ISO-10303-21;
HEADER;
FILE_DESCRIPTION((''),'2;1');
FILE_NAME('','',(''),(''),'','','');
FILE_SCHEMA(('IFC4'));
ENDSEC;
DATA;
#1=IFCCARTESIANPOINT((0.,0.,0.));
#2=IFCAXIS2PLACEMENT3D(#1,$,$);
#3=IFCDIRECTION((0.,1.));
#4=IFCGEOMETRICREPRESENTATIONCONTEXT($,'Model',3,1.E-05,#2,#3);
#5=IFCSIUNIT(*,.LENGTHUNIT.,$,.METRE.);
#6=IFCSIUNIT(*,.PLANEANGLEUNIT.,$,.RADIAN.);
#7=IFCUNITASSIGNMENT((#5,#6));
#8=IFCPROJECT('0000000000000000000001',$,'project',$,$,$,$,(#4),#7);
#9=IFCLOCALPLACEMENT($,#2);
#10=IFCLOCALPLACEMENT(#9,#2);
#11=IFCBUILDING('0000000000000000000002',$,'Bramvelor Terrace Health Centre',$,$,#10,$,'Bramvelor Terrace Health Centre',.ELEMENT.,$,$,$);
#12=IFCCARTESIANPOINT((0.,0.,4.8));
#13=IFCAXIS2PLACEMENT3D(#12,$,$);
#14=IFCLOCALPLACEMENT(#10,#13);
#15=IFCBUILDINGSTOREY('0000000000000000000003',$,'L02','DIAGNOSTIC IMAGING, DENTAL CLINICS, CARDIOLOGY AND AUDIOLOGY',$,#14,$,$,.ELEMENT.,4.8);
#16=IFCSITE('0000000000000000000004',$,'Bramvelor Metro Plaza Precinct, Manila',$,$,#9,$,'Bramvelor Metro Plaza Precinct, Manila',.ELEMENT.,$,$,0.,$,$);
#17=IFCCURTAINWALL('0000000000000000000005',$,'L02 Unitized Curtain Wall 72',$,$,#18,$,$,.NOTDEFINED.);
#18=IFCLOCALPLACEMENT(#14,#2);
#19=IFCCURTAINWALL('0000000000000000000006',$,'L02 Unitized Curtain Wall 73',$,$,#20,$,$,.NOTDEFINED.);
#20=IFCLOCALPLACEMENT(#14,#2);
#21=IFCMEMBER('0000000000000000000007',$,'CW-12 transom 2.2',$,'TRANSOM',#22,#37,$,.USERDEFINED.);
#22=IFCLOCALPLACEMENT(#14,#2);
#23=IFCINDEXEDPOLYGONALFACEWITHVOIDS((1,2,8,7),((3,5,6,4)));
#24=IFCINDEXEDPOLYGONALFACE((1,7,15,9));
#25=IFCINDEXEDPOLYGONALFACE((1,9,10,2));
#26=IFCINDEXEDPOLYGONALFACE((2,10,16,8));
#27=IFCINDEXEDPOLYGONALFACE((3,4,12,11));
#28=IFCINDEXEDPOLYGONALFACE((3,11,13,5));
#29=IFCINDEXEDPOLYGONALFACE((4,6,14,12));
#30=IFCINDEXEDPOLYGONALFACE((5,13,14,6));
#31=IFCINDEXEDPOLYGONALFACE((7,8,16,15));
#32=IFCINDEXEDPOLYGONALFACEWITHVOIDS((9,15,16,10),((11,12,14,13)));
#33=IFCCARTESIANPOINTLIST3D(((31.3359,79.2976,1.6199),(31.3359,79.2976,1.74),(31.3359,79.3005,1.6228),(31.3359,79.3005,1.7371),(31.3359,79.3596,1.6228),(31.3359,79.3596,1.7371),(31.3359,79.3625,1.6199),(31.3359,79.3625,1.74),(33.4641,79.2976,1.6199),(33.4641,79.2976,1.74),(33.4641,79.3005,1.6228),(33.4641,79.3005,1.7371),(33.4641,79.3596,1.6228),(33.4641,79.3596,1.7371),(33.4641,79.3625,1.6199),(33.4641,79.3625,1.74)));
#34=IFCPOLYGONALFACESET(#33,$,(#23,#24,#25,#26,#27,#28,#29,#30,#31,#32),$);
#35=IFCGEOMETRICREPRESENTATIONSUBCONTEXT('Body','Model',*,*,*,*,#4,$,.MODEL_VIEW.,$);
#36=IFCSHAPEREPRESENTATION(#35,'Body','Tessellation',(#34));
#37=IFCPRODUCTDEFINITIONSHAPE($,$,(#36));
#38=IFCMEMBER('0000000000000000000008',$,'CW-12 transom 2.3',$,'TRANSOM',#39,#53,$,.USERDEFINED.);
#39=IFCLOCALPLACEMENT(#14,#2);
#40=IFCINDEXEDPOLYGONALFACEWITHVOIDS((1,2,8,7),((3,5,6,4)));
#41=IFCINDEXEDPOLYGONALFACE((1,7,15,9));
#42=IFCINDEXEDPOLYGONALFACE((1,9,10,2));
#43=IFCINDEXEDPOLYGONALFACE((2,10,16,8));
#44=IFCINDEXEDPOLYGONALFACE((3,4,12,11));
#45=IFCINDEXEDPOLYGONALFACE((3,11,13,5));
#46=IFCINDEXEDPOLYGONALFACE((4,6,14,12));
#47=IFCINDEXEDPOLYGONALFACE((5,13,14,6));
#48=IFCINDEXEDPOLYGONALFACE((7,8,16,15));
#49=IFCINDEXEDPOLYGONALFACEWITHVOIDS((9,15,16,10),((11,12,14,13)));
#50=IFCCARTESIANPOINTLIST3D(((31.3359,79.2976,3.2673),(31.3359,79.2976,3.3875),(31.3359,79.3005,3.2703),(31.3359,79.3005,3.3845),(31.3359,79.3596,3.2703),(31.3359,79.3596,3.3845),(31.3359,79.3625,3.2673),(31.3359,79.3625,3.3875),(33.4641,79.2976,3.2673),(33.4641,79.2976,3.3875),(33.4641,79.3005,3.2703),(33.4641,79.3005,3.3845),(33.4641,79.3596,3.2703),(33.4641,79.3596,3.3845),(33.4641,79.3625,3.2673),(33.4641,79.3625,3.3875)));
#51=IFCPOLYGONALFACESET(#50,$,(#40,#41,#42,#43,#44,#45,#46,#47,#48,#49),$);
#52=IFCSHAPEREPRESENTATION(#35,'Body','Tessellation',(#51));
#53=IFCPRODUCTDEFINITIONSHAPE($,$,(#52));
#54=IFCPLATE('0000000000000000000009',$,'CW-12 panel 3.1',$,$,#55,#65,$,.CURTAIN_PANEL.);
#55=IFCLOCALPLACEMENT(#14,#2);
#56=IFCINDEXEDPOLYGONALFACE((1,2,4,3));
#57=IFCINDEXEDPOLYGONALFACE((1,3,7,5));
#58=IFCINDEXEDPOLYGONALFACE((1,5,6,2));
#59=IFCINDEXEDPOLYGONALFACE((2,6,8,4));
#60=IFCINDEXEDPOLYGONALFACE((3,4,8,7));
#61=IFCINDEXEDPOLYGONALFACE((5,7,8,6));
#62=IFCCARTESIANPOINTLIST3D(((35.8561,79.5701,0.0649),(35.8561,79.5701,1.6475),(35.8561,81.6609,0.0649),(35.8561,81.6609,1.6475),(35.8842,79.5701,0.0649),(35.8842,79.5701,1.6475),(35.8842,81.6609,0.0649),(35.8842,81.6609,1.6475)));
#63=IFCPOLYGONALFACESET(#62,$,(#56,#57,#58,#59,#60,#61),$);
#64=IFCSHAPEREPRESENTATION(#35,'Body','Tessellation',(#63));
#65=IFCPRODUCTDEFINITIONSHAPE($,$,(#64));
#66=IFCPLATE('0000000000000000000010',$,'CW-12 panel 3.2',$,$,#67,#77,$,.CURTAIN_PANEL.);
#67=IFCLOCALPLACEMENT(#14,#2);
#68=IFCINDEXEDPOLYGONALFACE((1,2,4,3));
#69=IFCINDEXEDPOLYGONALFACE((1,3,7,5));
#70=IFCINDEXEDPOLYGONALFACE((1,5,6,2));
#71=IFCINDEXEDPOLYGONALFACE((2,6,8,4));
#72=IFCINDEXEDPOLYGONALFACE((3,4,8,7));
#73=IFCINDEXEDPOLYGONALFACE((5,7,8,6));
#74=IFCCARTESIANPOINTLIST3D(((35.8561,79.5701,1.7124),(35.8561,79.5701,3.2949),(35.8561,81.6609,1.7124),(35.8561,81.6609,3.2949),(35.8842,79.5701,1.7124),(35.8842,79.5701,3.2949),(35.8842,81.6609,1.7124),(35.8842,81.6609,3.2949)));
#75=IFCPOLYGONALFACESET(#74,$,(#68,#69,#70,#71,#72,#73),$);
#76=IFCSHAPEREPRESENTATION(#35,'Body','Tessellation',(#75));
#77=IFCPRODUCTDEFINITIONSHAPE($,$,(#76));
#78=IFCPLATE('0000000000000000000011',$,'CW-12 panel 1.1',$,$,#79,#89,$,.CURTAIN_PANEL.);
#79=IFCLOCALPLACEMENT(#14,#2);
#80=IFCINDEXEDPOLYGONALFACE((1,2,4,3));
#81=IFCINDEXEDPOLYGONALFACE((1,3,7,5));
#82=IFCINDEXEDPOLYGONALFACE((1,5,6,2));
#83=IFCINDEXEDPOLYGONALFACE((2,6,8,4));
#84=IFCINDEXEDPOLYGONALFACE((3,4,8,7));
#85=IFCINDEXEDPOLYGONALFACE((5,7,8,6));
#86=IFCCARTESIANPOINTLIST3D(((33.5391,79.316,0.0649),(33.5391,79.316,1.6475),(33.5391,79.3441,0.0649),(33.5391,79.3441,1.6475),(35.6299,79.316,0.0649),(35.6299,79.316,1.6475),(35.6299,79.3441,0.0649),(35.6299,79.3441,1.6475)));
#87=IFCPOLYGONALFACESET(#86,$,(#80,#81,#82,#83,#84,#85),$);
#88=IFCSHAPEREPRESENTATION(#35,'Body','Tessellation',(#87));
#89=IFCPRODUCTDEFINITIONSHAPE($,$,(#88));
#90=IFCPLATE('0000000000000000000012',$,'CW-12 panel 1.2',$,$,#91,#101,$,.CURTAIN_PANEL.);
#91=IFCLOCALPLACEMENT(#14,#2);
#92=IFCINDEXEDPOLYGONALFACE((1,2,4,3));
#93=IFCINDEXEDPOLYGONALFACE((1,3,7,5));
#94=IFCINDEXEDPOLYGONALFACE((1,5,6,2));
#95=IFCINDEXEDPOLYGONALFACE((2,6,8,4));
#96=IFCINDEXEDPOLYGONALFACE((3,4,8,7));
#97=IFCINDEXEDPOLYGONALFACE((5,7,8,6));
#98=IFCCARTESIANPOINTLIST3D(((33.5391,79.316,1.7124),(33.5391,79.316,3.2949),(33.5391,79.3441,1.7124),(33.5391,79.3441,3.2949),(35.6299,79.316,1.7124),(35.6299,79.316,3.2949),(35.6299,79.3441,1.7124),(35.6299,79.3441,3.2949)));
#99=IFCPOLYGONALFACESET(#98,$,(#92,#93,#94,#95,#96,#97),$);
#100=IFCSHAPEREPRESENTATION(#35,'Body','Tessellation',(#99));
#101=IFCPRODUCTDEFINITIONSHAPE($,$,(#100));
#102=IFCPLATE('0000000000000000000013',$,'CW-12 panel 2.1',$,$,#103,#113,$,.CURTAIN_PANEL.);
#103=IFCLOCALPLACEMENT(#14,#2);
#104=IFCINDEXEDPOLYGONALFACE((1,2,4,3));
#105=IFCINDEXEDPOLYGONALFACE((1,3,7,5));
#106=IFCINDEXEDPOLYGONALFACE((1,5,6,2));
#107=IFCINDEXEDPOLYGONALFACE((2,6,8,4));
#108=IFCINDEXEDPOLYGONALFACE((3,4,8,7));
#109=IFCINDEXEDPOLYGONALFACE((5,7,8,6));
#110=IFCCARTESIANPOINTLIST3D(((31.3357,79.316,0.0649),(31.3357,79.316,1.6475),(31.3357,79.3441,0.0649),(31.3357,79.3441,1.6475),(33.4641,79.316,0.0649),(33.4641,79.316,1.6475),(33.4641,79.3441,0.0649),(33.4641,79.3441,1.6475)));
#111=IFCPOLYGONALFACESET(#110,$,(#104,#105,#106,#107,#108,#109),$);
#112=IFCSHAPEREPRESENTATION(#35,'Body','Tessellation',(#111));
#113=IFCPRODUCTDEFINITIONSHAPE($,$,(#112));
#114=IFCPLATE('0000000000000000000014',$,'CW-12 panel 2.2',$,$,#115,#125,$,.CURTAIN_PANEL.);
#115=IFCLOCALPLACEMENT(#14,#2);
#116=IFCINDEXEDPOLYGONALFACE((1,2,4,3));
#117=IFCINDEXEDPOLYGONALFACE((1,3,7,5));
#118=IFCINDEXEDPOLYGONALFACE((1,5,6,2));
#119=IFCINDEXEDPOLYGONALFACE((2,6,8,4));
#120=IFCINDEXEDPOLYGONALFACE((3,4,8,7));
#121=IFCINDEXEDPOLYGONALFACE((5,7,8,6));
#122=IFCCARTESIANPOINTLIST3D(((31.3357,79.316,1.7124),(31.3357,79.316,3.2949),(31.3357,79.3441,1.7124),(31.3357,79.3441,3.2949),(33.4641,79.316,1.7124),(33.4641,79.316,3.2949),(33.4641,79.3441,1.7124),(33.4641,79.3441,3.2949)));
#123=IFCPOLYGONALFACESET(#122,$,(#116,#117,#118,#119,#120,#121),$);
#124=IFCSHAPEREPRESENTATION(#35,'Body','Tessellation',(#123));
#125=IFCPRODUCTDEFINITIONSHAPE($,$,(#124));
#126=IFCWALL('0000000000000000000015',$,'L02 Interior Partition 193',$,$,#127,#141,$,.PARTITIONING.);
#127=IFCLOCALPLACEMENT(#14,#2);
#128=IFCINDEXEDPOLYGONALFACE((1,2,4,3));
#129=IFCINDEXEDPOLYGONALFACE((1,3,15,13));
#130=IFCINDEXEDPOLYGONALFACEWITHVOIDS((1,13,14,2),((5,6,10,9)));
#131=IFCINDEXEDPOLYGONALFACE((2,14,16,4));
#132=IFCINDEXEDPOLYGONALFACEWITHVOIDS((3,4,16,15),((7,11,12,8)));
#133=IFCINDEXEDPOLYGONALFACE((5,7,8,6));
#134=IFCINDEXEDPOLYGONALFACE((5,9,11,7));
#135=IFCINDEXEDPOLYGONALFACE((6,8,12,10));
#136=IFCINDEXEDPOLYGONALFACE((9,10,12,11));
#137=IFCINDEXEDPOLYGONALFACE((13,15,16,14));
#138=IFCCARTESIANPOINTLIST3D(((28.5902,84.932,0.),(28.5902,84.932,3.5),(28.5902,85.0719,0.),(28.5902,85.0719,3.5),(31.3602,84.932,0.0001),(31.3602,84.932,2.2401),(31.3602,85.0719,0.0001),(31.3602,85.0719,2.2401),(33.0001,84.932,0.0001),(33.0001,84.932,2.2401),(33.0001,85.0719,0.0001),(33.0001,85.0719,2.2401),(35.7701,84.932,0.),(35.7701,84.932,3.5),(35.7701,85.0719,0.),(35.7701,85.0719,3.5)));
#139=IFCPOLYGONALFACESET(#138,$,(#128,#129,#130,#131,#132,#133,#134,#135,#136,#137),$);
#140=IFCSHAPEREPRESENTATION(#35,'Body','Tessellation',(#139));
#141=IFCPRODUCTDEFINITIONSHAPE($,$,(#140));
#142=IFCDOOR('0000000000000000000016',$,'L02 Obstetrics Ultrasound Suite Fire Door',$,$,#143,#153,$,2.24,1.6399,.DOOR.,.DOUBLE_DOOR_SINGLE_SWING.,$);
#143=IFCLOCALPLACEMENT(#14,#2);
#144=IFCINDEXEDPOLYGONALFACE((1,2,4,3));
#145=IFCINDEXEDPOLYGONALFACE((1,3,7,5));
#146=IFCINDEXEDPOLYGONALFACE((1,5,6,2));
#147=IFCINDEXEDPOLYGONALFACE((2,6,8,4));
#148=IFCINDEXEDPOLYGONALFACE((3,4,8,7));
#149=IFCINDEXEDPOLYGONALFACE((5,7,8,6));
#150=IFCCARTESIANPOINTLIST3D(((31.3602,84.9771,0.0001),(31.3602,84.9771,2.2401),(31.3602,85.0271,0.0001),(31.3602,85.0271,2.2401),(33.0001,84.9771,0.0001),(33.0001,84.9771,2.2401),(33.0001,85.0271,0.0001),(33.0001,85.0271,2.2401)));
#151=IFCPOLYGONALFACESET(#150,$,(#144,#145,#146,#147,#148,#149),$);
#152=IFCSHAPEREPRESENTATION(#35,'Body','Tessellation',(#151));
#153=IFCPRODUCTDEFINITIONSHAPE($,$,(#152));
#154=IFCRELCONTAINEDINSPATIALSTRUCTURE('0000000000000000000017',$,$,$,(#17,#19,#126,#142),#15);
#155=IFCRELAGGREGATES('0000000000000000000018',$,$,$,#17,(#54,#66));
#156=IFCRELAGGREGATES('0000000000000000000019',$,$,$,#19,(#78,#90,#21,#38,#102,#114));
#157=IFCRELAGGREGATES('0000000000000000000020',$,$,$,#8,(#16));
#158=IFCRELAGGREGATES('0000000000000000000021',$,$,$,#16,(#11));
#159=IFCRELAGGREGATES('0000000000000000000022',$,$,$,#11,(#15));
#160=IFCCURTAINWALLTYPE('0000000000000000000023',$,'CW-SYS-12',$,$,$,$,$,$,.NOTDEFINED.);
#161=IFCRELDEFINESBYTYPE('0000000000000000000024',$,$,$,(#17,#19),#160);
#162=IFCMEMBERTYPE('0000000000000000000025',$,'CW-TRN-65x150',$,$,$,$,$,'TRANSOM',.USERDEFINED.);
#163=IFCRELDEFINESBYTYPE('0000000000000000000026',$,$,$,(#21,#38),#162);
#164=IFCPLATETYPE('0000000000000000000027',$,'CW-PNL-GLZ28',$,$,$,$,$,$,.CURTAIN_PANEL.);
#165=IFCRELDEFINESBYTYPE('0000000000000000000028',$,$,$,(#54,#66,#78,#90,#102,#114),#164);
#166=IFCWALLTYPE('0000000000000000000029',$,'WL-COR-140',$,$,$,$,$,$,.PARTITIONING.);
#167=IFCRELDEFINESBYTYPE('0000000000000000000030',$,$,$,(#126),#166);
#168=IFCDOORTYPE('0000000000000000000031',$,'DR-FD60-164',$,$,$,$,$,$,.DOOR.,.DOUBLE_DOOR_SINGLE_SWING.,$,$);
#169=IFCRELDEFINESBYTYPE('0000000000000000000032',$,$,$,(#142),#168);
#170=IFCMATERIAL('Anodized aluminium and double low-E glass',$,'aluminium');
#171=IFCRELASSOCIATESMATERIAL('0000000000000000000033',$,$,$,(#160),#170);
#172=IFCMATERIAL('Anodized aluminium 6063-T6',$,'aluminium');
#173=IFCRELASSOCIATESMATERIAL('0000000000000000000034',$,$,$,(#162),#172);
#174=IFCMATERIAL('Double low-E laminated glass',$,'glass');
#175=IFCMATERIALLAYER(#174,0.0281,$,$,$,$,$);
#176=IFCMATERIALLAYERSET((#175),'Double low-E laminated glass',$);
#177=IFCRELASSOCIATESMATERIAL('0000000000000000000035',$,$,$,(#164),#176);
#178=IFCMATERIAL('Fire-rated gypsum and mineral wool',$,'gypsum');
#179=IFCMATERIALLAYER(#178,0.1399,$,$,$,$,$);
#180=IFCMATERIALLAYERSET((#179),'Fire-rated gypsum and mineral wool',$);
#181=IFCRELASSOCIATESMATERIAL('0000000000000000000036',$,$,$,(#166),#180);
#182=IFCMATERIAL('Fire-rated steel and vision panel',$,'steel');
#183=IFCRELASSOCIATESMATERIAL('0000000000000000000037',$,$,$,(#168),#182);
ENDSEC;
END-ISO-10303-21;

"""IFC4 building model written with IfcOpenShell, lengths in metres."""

from ifc_helpers import new_model, si_unit, direction, frame, frame_2d, origin, origin_2d, place, context, subcontext, project, spatial, rectangle, hollow_rectangle, extrude, material, layer, layer_set, material_profile, profile_set, type_object, element, fill, aggregate, save


model = new_model("IFC4")

# Units and contexts
model_context = context("Model", 3, precision=1e-05, world=origin(), true_north=direction((0.0, 1.0)))
body_context = subcontext(model_context, "Body", "Model", "MODEL_VIEW")
ifc_project = project(units=[si_unit("LENGTHUNIT", "METRE"), si_unit("PLANEANGLEUNIT", "RADIAN")], contexts=[model_context])

# Site, building, storey
site_placement = place(None, origin())
site = spatial("IfcSite", under=ifc_project, at=site_placement, Name="Bramvelor Metro Plaza Precinct, Manila", LongName="Bramvelor Metro Plaza Precinct, Manila", CompositionType="ELEMENT", RefElevation=0.0)
building_placement = place(site_placement, origin())
building = spatial("IfcBuilding", under=site, at=building_placement, Name="Bramvelor Terrace Health Centre", LongName="Bramvelor Terrace Health Centre", CompositionType="ELEMENT")
storey_placement = place(building_placement, frame((0.0, 0.0, 4.8)))
storey = spatial("IfcBuildingStorey", under=building, at=storey_placement, Name="L02", Description="DIAGNOSTIC IMAGING, DENTAL CLINICS, CARDIOLOGY AND AUDIOLOGY", CompositionType="ELEMENT", Elevation=4.8)

# Curtain wall
ifc_material_1 = material(Name="Anodized aluminium and double low-E glass", Category="aluminium")
curtain_wall_type = type_object("IfcCurtainWallType", Name="CW-SYS-12", PredefinedType="NOTDEFINED", material=ifc_material_1)
curtain_wall_1_placement = place(storey_placement, origin())
curtain_wall_1 = element("IfcCurtainWall", 1, at=curtain_wall_1_placement, inside=storey, type_object=curtain_wall_type, Name="L02 Unitized Curtain Wall 72", PredefinedType="NOTDEFINED")

# Curtain wall
curtain_wall_2_placement = place(storey_placement, origin())
curtain_wall_2 = element("IfcCurtainWall", 2, at=curtain_wall_2_placement, inside=storey, type_object=curtain_wall_type, Name="L02 Unitized Curtain Wall 73", PredefinedType="NOTDEFINED")

# Members
ifc_material_2 = material(Name="Anodized aluminium 6063-T6", Category="aluminium")
ifc_material_profile_1 = material_profile(ifc_material_2, hollow_rectangle(XDim=0.0649, YDim=0.1201, WallThickness=0.0029, at=origin_2d()), Name="ALU-TRN 65x120x3.0")
ifc_profile_set_1 = profile_set([ifc_material_profile_1], Name="Anodized aluminium 6063-T6")
member_type_1 = type_object("IfcMemberType", Name="CW-TRN-65x150", ElementType="TRANSOM", PredefinedType="USERDEFINED", material=ifc_profile_set_1)
member_1_placement = place(storey_placement, frame((33.4641, 79.3301, 1.6799), z_axis=(-1.0, 0.0, 0.0), x_axis=(0.0, -1.0, 0.0)))
member_1 = element("IfcMember", 3, at=member_1_placement, type_object=member_type_1, Name="CW-12 transom 2.2", ObjectType="TRANSOM", PredefinedType="USERDEFINED", context=body_context, shape_type="SweptSolid", body=[
    extrude(hollow_rectangle(XDim=0.0649, YDim=0.1201, WallThickness=0.0029, at=origin_2d()), origin(), (0.0, 0.0, 1.0), 2.1282),
])
member_2_placement = place(storey_placement, frame((33.4641, 79.3301, 3.3274), z_axis=(-1.0, 0.0, 0.0), x_axis=(0.0, -1.0, 0.0)))
member_2 = element("IfcMember", 4, at=member_2_placement, type_object=member_type_1, Name="CW-12 transom 2.3", ObjectType="TRANSOM", PredefinedType="USERDEFINED", context=body_context, shape_type="SweptSolid", body=[
    extrude(hollow_rectangle(XDim=0.0649, YDim=0.1201, WallThickness=0.0029, at=origin_2d()), origin(), (0.0, 0.0, 1.0), 2.1282),
])

# Plates
ifc_material_3 = material(Name="Double low-E laminated glass", Category="glass")
ifc_layer_1 = layer(ifc_material_3, 0.0281)
ifc_layer_set_1 = layer_set([ifc_layer_1], Name="Double low-E laminated glass")
plate_type = type_object("IfcPlateType", Name="CW-PNL-GLZ28", PredefinedType="CURTAIN_PANEL", material=ifc_layer_set_1)
plate_1_placement = place(storey_placement, frame((35.8701, 80.6155, 0.0649), z_axis=(0.0, 0.0, 1.0), x_axis=(0.0, -1.0, 0.0)))
plate_1 = element("IfcPlate", 5, at=plate_1_placement, type_object=plate_type, Name="CW-12 panel 3.1", PredefinedType="CURTAIN_PANEL", context=body_context, shape_type="SweptSolid", body=[
    extrude(rectangle(XDim=2.0908, YDim=0.0281, at=origin_2d()), origin(), (0.0, 0.0, 1.0), 1.5825),
])
plate_2_placement = place(storey_placement, frame((35.8701, 80.6155, 1.7124), z_axis=(0.0, 0.0, 1.0), x_axis=(0.0, -1.0, 0.0)))
plate_2 = element("IfcPlate", 6, at=plate_2_placement, type_object=plate_type, Name="CW-12 panel 3.2", PredefinedType="CURTAIN_PANEL", context=body_context, shape_type="SweptSolid", body=[
    extrude(rectangle(XDim=2.0908, YDim=0.0281, at=origin_2d()), origin(), (0.0, 0.0, 1.0), 1.5825),
])
aggregate(curtain_wall_1, [plate_1, plate_2])
plate_3_placement = place(storey_placement, frame((34.5845, 79.3301, 0.0649), z_axis=(0.0, 0.0, 1.0), x_axis=(-1.0, 0.0, 0.0)))
plate_3 = element("IfcPlate", 7, at=plate_3_placement, type_object=plate_type, Name="CW-12 panel 1.1", PredefinedType="CURTAIN_PANEL", context=body_context, shape_type="SweptSolid", body=[
    extrude(rectangle(XDim=2.0908, YDim=0.0281, at=origin_2d()), origin(), (0.0, 0.0, 1.0), 1.5825),
])
plate_4_placement = place(storey_placement, frame((34.5845, 79.3301, 1.7124), z_axis=(0.0, 0.0, 1.0), x_axis=(-1.0, 0.0, 0.0)))
plate_4 = element("IfcPlate", 8, at=plate_4_placement, type_object=plate_type, Name="CW-12 panel 1.2", PredefinedType="CURTAIN_PANEL", context=body_context, shape_type="SweptSolid", body=[
    extrude(rectangle(XDim=2.0908, YDim=0.0281, at=origin_2d()), origin(), (0.0, 0.0, 1.0), 1.5825),
])
plate_5_placement = place(storey_placement, frame((32.3999, 79.3301, 0.0649), z_axis=(0.0, 0.0, 1.0), x_axis=(-1.0, 0.0, 0.0)))
plate_5 = element("IfcPlate", 9, at=plate_5_placement, type_object=plate_type, Name="CW-12 panel 2.1", PredefinedType="CURTAIN_PANEL", context=body_context, shape_type="SweptSolid", body=[
    extrude(rectangle(XDim=2.1284, YDim=0.0281, at=origin_2d()), origin(), (0.0, 0.0, 1.0), 1.5825),
])
plate_6_placement = place(storey_placement, frame((32.3999, 79.3301, 1.7124), z_axis=(0.0, 0.0, 1.0), x_axis=(-1.0, 0.0, 0.0)))
plate_6 = element("IfcPlate", 10, at=plate_6_placement, type_object=plate_type, Name="CW-12 panel 2.2", PredefinedType="CURTAIN_PANEL", context=body_context, shape_type="SweptSolid", body=[
    extrude(rectangle(XDim=2.1284, YDim=0.0281, at=origin_2d()), origin(), (0.0, 0.0, 1.0), 1.5825),
])
aggregate(curtain_wall_2, [plate_3, plate_4, member_1, member_2, plate_5, plate_6])

# Wall, opening, door
ifc_material_4 = material(Name="Fire-rated gypsum and mineral wool", Category="gypsum")
ifc_layer_2 = layer(ifc_material_4, 0.1399)
ifc_layer_set_2 = layer_set([ifc_layer_2], Name="Fire-rated gypsum and mineral wool")
wall_type = type_object("IfcWallType", Name="WL-COR-140", PredefinedType="PARTITIONING", material=ifc_layer_set_2)
wall_placement = place(storey_placement, frame((35.77, 85.002, 0.0), z_axis=(0.0, 0.0, 1.0), x_axis=(-1.0, 0.0, 0.0)))
wall = element("IfcWall", 11, at=wall_placement, inside=storey, type_object=wall_type, Name="L02 Interior Partition 193", PredefinedType="PARTITIONING", context=body_context, shape_type="SweptSolid", body=[
    extrude(rectangle(XDim=7.1799, YDim=0.1399, at=frame_2d((3.5898, 0.0))), origin(), (0.0, 0.0, 1.0), 3.5),
])
opening_placement = place(wall_placement, frame((2.77, 0.0, 0.0)))
opening = element("IfcOpeningElement", 12, at=opening_placement, cuts=wall, PredefinedType="OPENING", context=body_context, shape_type="SweptSolid", body=[
    extrude(rectangle(XDim=1.6399, YDim=2.24, at=frame_2d((0.8198, 1.1201))), frame((0.0, 0.0798, 0.0), z_axis=(0.0, -1.0, 0.0), x_axis=(1.0, 0.0, 0.0)), (0.0, 0.0, 1.0), 0.1599),
])
ifc_material_5 = material(Name="Fire-rated steel and vision panel", Category="steel")
door_type = type_object("IfcDoorType", Name="DR-FD60-164", OperationType="DOUBLE_DOOR_SINGLE_SWING", PredefinedType="DOOR", material=ifc_material_5)
door_placement = place(opening_placement, origin())
door = element("IfcDoor", 13, at=door_placement, inside=storey, type_object=door_type, Name="L02 Obstetrics Ultrasound Suite Fire Door", OperationType="DOUBLE_DOOR_SINGLE_SWING", OverallHeight=2.24, OverallWidth=1.6399, PredefinedType="DOOR", context=body_context, shape_type="SweptSolid", body=[
    extrude(rectangle(XDim=1.6399, YDim=2.24, at=frame_2d((0.8198, 1.1201))), frame((0.0, 0.0249, 0.0), z_axis=(0.0, -1.0, 0.0), x_axis=(1.0, 0.0, 0.0)), (0.0, 0.0, 1.0), 0.05),
])
fill(opening, door)

save(model, "model.ifc")
